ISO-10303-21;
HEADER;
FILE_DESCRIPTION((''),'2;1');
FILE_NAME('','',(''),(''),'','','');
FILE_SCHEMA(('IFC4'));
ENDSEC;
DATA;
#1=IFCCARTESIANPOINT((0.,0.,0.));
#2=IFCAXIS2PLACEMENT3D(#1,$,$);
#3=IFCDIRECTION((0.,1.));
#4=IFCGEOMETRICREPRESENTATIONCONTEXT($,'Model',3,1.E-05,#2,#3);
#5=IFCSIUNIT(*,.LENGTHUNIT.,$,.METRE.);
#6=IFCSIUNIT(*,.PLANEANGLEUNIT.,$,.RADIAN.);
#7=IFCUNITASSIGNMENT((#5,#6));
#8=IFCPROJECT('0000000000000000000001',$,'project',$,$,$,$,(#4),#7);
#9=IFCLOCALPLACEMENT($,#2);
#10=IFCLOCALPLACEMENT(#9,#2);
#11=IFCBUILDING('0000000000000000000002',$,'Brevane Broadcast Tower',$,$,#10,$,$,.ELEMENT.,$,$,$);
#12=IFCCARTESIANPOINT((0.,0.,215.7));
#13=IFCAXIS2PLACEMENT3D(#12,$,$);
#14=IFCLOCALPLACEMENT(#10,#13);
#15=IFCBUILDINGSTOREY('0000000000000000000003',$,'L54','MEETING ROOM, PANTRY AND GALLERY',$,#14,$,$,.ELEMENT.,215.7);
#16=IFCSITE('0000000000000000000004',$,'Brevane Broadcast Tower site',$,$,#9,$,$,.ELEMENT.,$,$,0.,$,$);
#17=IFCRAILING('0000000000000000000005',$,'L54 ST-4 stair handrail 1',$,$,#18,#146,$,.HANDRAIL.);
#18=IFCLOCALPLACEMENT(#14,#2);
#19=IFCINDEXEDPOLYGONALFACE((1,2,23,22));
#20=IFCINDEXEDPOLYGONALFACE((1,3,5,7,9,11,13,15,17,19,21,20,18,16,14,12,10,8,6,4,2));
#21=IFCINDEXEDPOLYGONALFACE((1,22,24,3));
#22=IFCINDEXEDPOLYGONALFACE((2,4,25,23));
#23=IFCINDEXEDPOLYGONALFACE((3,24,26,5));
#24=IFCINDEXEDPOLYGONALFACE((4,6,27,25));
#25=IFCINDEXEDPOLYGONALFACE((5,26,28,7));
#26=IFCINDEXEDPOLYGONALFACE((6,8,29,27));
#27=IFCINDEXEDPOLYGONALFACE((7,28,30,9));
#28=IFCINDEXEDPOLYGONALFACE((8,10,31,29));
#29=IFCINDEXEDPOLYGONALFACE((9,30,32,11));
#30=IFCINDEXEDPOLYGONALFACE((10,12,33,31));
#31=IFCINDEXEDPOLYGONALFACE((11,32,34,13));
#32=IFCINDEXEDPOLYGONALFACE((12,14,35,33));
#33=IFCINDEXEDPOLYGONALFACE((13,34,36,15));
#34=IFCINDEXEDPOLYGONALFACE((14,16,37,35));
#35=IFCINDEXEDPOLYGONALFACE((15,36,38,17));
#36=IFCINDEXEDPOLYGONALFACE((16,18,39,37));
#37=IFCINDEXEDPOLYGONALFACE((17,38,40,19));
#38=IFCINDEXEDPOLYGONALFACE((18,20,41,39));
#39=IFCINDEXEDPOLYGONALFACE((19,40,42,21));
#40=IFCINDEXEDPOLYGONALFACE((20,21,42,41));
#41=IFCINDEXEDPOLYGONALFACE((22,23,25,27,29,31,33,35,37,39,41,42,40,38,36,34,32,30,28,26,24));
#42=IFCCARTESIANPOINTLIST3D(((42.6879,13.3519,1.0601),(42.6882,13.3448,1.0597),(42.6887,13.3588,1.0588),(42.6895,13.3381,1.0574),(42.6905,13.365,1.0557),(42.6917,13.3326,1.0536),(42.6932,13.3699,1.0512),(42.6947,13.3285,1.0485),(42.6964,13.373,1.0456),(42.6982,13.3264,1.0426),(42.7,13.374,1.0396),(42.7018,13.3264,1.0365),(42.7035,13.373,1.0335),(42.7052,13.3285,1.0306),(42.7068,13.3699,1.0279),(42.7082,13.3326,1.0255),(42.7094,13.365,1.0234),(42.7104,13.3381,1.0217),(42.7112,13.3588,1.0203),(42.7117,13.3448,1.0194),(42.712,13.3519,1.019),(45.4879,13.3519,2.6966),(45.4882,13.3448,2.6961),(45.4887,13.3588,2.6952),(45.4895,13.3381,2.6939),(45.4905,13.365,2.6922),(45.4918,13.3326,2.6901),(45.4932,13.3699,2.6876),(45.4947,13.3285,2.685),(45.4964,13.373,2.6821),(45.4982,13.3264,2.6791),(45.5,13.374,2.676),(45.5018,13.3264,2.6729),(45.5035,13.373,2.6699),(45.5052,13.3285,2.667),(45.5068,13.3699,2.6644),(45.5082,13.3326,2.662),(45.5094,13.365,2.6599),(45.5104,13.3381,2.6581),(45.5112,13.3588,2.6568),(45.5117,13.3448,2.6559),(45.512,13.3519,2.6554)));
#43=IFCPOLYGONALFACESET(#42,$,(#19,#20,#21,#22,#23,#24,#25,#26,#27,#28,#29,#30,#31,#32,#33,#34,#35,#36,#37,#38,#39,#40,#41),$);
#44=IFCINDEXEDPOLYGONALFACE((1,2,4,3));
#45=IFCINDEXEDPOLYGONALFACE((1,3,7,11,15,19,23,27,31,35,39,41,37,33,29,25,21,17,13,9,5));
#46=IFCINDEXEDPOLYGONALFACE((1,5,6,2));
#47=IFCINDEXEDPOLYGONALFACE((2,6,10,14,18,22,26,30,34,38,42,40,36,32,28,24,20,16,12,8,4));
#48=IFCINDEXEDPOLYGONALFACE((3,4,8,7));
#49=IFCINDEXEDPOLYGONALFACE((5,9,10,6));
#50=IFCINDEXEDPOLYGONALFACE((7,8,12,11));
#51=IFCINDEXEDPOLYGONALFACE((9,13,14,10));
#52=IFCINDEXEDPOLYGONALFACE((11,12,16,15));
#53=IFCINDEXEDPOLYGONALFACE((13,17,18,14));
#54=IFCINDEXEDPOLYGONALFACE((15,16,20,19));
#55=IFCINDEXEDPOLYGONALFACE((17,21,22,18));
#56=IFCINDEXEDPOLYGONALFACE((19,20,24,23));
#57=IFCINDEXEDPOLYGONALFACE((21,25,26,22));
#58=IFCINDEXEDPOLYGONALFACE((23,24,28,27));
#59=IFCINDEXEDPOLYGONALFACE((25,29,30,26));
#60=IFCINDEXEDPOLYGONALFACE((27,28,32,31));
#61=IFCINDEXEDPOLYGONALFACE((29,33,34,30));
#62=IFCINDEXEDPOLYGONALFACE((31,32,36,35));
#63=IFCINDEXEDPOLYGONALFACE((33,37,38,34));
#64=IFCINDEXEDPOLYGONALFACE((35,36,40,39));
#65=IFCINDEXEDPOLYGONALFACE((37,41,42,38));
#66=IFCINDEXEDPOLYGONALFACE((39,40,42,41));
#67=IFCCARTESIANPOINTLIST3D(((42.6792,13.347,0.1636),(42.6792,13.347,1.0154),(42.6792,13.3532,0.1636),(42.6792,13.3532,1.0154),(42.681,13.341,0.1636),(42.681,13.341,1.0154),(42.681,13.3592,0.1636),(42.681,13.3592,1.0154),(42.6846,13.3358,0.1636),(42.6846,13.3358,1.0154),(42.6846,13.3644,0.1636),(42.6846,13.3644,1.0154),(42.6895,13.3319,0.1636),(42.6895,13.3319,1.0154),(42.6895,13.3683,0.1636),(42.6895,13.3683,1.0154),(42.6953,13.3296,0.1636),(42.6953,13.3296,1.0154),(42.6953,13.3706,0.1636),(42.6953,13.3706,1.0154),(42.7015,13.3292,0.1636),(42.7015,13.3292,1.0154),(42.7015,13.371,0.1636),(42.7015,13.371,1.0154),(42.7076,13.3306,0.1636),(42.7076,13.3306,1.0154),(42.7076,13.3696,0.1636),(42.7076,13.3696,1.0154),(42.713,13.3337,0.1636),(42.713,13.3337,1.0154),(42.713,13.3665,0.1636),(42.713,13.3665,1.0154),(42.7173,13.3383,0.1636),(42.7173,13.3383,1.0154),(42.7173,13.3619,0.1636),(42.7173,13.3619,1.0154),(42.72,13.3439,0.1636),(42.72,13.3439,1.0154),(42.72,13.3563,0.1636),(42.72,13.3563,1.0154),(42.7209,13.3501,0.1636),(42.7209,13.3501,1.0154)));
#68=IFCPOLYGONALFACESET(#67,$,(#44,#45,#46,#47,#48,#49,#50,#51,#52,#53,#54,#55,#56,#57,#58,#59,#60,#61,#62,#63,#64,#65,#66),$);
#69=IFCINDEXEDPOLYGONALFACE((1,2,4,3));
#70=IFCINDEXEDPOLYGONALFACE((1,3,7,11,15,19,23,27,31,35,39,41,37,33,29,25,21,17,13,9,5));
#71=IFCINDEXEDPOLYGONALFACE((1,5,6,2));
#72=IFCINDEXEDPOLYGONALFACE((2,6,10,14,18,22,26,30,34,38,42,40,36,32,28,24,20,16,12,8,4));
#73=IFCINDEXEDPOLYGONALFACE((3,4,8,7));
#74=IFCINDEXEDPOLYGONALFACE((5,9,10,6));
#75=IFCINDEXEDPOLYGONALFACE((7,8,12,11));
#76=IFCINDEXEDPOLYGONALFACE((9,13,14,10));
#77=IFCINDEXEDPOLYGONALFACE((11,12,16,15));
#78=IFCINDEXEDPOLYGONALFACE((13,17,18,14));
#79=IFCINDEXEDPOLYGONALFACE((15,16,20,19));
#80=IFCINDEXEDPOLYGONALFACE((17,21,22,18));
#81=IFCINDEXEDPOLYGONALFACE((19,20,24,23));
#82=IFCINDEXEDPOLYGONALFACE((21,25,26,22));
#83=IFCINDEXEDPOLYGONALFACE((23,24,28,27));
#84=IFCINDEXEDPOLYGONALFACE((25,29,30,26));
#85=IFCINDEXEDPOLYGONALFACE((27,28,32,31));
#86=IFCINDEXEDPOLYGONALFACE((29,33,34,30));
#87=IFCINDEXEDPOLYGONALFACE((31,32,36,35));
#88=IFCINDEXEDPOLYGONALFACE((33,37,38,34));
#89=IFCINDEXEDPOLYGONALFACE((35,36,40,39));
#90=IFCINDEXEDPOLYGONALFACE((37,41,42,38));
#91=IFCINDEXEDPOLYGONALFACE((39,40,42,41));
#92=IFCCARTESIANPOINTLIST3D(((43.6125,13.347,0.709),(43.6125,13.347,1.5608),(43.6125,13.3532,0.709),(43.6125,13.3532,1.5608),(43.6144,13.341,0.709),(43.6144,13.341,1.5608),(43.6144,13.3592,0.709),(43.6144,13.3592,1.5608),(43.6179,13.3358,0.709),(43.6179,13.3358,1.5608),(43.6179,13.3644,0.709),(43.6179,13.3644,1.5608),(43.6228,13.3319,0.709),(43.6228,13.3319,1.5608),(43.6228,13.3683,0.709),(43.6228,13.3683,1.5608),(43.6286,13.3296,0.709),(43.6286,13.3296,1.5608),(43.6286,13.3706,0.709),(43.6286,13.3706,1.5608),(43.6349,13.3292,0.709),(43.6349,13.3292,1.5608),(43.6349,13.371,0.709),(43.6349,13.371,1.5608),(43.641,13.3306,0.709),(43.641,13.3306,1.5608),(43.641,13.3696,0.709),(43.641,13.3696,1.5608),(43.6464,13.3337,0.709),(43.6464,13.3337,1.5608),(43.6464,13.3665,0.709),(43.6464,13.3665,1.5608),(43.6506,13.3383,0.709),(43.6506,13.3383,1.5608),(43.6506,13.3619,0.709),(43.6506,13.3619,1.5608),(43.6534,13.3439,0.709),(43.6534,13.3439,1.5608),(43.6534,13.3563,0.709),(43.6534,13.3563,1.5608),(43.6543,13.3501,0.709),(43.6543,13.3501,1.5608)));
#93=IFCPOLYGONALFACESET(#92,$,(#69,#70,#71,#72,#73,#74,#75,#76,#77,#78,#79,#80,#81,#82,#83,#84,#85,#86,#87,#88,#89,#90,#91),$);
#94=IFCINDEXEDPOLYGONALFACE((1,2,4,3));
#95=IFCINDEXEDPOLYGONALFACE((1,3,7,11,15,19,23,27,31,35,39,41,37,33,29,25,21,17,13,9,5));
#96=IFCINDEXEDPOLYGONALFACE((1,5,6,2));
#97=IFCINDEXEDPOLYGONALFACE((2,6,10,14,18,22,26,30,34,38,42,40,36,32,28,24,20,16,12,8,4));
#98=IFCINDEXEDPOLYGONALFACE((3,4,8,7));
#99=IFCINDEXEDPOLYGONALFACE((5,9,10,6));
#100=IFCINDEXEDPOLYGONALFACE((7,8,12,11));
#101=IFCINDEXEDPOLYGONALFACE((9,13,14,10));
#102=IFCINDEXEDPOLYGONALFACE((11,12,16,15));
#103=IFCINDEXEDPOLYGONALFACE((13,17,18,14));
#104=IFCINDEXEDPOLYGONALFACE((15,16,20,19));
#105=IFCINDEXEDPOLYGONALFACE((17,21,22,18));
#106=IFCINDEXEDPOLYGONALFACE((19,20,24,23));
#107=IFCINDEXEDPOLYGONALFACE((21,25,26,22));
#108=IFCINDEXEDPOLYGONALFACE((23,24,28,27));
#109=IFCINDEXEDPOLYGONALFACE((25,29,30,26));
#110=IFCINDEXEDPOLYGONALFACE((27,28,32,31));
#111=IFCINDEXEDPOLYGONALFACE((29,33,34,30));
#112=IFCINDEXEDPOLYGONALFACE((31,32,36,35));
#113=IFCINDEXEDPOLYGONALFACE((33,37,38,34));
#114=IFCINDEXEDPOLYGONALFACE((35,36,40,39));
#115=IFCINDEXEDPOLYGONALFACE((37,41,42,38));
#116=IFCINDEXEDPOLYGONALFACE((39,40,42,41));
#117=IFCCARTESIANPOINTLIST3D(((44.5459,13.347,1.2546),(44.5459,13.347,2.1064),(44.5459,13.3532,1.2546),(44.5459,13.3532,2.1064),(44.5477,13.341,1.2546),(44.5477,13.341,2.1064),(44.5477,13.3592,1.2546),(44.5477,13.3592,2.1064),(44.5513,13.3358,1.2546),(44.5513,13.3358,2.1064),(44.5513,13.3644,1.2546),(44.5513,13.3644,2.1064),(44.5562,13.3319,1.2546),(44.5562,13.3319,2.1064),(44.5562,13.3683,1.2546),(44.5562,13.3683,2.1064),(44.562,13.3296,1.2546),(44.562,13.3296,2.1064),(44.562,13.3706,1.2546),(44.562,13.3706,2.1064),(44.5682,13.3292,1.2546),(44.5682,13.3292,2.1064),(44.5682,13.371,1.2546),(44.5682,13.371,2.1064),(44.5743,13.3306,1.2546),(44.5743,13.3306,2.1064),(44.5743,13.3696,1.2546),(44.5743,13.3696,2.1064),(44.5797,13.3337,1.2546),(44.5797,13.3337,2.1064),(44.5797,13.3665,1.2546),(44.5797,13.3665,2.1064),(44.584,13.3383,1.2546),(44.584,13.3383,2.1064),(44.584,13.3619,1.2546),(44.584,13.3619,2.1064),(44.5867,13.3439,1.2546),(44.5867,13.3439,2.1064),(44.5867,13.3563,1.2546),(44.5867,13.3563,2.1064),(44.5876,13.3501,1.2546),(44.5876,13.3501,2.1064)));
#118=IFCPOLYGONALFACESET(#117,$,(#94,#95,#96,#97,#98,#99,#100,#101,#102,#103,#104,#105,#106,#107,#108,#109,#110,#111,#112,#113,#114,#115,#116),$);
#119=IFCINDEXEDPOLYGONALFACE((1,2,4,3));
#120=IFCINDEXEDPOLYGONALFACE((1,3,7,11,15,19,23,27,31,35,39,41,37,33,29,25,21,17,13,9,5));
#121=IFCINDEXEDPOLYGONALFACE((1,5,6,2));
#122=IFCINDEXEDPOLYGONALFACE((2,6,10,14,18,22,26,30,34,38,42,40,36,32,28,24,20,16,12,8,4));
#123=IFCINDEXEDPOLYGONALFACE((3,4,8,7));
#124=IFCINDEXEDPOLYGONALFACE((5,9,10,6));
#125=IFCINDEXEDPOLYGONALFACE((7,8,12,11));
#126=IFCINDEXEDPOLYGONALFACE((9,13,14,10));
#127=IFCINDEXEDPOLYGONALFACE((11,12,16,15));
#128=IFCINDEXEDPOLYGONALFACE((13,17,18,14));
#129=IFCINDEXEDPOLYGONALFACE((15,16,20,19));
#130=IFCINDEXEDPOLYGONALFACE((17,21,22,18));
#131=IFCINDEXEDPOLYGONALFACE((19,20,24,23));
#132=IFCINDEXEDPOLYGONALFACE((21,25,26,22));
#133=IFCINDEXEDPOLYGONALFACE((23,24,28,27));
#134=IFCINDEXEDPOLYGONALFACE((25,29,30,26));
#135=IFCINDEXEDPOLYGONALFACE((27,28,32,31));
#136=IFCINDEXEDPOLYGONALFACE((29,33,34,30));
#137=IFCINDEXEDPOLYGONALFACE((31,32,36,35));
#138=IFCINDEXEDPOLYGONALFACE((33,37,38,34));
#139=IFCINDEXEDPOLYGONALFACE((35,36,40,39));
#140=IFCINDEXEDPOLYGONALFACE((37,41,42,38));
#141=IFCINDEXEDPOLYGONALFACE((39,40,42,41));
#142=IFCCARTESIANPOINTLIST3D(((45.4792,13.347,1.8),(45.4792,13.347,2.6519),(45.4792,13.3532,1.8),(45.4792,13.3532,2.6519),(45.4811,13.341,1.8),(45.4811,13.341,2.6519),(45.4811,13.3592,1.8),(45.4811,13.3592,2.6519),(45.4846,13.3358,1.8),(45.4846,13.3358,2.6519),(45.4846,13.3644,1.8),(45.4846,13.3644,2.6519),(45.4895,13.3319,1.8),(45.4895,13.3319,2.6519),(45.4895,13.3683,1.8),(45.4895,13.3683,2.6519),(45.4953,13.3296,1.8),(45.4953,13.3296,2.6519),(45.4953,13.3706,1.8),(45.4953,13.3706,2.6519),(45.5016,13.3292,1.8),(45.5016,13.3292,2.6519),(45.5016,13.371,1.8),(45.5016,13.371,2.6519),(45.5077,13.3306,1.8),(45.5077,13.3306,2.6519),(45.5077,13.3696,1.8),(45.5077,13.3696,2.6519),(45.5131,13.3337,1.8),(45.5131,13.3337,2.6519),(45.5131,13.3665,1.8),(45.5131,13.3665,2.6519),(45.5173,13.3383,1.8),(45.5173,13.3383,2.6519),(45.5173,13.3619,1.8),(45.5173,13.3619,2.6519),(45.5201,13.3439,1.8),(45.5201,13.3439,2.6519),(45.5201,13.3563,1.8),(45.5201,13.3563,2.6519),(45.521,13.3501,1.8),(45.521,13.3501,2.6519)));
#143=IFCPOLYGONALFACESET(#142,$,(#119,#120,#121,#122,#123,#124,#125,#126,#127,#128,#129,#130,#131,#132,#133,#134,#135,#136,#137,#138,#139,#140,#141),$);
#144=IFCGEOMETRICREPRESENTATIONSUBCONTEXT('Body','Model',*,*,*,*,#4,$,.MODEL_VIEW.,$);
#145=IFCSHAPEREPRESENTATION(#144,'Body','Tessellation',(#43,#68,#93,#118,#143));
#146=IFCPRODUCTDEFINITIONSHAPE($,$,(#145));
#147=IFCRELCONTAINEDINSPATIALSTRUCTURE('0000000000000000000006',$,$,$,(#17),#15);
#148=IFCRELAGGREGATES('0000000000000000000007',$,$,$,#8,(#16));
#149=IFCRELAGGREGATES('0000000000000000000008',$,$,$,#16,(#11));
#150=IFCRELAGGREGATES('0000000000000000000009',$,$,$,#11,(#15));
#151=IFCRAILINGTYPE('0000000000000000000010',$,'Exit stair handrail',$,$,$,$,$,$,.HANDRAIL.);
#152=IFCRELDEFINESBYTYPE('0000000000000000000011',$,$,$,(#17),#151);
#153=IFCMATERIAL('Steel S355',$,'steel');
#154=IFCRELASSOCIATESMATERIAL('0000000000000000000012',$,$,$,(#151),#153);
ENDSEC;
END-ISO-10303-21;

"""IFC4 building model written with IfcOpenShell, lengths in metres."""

from ifc_helpers import new_model, si_unit, direction, frame, origin, origin_2d, place, context, subcontext, project, spatial, circle, extrude, material, type_object, element, save


model = new_model("IFC4")

# Units and contexts
model_context = context("Model", 3, precision=1e-05, world=origin(), true_north=direction((0.0, 1.0)))
body_context = subcontext(model_context, "Body", "Model", "MODEL_VIEW")
ifc_project = project(units=[si_unit("LENGTHUNIT", "METRE"), si_unit("PLANEANGLEUNIT", "RADIAN")], contexts=[model_context])

# Site, building, storey
site_placement = place(None, origin())
site = spatial("IfcSite", under=ifc_project, at=site_placement, Name="Brevane Broadcast Tower site", CompositionType="ELEMENT", RefElevation=0.0)
building_placement = place(site_placement, origin())
building = spatial("IfcBuilding", under=site, at=building_placement, Name="Brevane Broadcast Tower", CompositionType="ELEMENT")
storey_placement = place(building_placement, frame((0.0, 0.0, 215.7)))
storey = spatial("IfcBuildingStorey", under=building, at=storey_placement, Name="L54", Description="MEETING ROOM, PANTRY AND GALLERY", CompositionType="ELEMENT", Elevation=215.7)

# Railing
ifc_material_1 = material(Name="Steel S355", Category="steel")
railing_type_1 = type_object("IfcRailingType", Name="Exit stair handrail", PredefinedType="HANDRAIL", material=ifc_material_1)
railing_1_placement = place(storey_placement, frame((42.7, 13.3501, 0.1636)))
element("IfcRailing", 1, at=railing_1_placement, inside=storey, type_object=railing_type_1, Name="L54 ST-4 stair handrail 1", PredefinedType="HANDRAIL", context=body_context, shape_type="SweptSolid", body=[
    extrude(circle(Radius=0.0239, at=origin_2d()), frame((0.0, 0.0, 0.876), z_axis=(0.863361, 0.0, 0.504587), x_axis=(0.0, 1.0, 0.0)), (0.0, 0.0, 1.0), 3.2432),
    extrude(circle(Radius=0.021, at=origin_2d()), origin(), (0.0, 0.0, 1.0), 0.8518),
    extrude(circle(Radius=0.021, at=origin_2d()), frame((0.9333, 0.0, 0.5454)), (0.0, 0.0, 1.0), 0.8518),
    extrude(circle(Radius=0.021, at=origin_2d()), frame((1.8667, 0.0, 1.0911)), (0.0, 0.0, 1.0), 0.8518),
    extrude(circle(Radius=0.021, at=origin_2d()), frame((2.8, 0.0, 1.6365)), (0.0, 0.0, 1.0), 0.8518),
])

save(model, "model.ifc")
